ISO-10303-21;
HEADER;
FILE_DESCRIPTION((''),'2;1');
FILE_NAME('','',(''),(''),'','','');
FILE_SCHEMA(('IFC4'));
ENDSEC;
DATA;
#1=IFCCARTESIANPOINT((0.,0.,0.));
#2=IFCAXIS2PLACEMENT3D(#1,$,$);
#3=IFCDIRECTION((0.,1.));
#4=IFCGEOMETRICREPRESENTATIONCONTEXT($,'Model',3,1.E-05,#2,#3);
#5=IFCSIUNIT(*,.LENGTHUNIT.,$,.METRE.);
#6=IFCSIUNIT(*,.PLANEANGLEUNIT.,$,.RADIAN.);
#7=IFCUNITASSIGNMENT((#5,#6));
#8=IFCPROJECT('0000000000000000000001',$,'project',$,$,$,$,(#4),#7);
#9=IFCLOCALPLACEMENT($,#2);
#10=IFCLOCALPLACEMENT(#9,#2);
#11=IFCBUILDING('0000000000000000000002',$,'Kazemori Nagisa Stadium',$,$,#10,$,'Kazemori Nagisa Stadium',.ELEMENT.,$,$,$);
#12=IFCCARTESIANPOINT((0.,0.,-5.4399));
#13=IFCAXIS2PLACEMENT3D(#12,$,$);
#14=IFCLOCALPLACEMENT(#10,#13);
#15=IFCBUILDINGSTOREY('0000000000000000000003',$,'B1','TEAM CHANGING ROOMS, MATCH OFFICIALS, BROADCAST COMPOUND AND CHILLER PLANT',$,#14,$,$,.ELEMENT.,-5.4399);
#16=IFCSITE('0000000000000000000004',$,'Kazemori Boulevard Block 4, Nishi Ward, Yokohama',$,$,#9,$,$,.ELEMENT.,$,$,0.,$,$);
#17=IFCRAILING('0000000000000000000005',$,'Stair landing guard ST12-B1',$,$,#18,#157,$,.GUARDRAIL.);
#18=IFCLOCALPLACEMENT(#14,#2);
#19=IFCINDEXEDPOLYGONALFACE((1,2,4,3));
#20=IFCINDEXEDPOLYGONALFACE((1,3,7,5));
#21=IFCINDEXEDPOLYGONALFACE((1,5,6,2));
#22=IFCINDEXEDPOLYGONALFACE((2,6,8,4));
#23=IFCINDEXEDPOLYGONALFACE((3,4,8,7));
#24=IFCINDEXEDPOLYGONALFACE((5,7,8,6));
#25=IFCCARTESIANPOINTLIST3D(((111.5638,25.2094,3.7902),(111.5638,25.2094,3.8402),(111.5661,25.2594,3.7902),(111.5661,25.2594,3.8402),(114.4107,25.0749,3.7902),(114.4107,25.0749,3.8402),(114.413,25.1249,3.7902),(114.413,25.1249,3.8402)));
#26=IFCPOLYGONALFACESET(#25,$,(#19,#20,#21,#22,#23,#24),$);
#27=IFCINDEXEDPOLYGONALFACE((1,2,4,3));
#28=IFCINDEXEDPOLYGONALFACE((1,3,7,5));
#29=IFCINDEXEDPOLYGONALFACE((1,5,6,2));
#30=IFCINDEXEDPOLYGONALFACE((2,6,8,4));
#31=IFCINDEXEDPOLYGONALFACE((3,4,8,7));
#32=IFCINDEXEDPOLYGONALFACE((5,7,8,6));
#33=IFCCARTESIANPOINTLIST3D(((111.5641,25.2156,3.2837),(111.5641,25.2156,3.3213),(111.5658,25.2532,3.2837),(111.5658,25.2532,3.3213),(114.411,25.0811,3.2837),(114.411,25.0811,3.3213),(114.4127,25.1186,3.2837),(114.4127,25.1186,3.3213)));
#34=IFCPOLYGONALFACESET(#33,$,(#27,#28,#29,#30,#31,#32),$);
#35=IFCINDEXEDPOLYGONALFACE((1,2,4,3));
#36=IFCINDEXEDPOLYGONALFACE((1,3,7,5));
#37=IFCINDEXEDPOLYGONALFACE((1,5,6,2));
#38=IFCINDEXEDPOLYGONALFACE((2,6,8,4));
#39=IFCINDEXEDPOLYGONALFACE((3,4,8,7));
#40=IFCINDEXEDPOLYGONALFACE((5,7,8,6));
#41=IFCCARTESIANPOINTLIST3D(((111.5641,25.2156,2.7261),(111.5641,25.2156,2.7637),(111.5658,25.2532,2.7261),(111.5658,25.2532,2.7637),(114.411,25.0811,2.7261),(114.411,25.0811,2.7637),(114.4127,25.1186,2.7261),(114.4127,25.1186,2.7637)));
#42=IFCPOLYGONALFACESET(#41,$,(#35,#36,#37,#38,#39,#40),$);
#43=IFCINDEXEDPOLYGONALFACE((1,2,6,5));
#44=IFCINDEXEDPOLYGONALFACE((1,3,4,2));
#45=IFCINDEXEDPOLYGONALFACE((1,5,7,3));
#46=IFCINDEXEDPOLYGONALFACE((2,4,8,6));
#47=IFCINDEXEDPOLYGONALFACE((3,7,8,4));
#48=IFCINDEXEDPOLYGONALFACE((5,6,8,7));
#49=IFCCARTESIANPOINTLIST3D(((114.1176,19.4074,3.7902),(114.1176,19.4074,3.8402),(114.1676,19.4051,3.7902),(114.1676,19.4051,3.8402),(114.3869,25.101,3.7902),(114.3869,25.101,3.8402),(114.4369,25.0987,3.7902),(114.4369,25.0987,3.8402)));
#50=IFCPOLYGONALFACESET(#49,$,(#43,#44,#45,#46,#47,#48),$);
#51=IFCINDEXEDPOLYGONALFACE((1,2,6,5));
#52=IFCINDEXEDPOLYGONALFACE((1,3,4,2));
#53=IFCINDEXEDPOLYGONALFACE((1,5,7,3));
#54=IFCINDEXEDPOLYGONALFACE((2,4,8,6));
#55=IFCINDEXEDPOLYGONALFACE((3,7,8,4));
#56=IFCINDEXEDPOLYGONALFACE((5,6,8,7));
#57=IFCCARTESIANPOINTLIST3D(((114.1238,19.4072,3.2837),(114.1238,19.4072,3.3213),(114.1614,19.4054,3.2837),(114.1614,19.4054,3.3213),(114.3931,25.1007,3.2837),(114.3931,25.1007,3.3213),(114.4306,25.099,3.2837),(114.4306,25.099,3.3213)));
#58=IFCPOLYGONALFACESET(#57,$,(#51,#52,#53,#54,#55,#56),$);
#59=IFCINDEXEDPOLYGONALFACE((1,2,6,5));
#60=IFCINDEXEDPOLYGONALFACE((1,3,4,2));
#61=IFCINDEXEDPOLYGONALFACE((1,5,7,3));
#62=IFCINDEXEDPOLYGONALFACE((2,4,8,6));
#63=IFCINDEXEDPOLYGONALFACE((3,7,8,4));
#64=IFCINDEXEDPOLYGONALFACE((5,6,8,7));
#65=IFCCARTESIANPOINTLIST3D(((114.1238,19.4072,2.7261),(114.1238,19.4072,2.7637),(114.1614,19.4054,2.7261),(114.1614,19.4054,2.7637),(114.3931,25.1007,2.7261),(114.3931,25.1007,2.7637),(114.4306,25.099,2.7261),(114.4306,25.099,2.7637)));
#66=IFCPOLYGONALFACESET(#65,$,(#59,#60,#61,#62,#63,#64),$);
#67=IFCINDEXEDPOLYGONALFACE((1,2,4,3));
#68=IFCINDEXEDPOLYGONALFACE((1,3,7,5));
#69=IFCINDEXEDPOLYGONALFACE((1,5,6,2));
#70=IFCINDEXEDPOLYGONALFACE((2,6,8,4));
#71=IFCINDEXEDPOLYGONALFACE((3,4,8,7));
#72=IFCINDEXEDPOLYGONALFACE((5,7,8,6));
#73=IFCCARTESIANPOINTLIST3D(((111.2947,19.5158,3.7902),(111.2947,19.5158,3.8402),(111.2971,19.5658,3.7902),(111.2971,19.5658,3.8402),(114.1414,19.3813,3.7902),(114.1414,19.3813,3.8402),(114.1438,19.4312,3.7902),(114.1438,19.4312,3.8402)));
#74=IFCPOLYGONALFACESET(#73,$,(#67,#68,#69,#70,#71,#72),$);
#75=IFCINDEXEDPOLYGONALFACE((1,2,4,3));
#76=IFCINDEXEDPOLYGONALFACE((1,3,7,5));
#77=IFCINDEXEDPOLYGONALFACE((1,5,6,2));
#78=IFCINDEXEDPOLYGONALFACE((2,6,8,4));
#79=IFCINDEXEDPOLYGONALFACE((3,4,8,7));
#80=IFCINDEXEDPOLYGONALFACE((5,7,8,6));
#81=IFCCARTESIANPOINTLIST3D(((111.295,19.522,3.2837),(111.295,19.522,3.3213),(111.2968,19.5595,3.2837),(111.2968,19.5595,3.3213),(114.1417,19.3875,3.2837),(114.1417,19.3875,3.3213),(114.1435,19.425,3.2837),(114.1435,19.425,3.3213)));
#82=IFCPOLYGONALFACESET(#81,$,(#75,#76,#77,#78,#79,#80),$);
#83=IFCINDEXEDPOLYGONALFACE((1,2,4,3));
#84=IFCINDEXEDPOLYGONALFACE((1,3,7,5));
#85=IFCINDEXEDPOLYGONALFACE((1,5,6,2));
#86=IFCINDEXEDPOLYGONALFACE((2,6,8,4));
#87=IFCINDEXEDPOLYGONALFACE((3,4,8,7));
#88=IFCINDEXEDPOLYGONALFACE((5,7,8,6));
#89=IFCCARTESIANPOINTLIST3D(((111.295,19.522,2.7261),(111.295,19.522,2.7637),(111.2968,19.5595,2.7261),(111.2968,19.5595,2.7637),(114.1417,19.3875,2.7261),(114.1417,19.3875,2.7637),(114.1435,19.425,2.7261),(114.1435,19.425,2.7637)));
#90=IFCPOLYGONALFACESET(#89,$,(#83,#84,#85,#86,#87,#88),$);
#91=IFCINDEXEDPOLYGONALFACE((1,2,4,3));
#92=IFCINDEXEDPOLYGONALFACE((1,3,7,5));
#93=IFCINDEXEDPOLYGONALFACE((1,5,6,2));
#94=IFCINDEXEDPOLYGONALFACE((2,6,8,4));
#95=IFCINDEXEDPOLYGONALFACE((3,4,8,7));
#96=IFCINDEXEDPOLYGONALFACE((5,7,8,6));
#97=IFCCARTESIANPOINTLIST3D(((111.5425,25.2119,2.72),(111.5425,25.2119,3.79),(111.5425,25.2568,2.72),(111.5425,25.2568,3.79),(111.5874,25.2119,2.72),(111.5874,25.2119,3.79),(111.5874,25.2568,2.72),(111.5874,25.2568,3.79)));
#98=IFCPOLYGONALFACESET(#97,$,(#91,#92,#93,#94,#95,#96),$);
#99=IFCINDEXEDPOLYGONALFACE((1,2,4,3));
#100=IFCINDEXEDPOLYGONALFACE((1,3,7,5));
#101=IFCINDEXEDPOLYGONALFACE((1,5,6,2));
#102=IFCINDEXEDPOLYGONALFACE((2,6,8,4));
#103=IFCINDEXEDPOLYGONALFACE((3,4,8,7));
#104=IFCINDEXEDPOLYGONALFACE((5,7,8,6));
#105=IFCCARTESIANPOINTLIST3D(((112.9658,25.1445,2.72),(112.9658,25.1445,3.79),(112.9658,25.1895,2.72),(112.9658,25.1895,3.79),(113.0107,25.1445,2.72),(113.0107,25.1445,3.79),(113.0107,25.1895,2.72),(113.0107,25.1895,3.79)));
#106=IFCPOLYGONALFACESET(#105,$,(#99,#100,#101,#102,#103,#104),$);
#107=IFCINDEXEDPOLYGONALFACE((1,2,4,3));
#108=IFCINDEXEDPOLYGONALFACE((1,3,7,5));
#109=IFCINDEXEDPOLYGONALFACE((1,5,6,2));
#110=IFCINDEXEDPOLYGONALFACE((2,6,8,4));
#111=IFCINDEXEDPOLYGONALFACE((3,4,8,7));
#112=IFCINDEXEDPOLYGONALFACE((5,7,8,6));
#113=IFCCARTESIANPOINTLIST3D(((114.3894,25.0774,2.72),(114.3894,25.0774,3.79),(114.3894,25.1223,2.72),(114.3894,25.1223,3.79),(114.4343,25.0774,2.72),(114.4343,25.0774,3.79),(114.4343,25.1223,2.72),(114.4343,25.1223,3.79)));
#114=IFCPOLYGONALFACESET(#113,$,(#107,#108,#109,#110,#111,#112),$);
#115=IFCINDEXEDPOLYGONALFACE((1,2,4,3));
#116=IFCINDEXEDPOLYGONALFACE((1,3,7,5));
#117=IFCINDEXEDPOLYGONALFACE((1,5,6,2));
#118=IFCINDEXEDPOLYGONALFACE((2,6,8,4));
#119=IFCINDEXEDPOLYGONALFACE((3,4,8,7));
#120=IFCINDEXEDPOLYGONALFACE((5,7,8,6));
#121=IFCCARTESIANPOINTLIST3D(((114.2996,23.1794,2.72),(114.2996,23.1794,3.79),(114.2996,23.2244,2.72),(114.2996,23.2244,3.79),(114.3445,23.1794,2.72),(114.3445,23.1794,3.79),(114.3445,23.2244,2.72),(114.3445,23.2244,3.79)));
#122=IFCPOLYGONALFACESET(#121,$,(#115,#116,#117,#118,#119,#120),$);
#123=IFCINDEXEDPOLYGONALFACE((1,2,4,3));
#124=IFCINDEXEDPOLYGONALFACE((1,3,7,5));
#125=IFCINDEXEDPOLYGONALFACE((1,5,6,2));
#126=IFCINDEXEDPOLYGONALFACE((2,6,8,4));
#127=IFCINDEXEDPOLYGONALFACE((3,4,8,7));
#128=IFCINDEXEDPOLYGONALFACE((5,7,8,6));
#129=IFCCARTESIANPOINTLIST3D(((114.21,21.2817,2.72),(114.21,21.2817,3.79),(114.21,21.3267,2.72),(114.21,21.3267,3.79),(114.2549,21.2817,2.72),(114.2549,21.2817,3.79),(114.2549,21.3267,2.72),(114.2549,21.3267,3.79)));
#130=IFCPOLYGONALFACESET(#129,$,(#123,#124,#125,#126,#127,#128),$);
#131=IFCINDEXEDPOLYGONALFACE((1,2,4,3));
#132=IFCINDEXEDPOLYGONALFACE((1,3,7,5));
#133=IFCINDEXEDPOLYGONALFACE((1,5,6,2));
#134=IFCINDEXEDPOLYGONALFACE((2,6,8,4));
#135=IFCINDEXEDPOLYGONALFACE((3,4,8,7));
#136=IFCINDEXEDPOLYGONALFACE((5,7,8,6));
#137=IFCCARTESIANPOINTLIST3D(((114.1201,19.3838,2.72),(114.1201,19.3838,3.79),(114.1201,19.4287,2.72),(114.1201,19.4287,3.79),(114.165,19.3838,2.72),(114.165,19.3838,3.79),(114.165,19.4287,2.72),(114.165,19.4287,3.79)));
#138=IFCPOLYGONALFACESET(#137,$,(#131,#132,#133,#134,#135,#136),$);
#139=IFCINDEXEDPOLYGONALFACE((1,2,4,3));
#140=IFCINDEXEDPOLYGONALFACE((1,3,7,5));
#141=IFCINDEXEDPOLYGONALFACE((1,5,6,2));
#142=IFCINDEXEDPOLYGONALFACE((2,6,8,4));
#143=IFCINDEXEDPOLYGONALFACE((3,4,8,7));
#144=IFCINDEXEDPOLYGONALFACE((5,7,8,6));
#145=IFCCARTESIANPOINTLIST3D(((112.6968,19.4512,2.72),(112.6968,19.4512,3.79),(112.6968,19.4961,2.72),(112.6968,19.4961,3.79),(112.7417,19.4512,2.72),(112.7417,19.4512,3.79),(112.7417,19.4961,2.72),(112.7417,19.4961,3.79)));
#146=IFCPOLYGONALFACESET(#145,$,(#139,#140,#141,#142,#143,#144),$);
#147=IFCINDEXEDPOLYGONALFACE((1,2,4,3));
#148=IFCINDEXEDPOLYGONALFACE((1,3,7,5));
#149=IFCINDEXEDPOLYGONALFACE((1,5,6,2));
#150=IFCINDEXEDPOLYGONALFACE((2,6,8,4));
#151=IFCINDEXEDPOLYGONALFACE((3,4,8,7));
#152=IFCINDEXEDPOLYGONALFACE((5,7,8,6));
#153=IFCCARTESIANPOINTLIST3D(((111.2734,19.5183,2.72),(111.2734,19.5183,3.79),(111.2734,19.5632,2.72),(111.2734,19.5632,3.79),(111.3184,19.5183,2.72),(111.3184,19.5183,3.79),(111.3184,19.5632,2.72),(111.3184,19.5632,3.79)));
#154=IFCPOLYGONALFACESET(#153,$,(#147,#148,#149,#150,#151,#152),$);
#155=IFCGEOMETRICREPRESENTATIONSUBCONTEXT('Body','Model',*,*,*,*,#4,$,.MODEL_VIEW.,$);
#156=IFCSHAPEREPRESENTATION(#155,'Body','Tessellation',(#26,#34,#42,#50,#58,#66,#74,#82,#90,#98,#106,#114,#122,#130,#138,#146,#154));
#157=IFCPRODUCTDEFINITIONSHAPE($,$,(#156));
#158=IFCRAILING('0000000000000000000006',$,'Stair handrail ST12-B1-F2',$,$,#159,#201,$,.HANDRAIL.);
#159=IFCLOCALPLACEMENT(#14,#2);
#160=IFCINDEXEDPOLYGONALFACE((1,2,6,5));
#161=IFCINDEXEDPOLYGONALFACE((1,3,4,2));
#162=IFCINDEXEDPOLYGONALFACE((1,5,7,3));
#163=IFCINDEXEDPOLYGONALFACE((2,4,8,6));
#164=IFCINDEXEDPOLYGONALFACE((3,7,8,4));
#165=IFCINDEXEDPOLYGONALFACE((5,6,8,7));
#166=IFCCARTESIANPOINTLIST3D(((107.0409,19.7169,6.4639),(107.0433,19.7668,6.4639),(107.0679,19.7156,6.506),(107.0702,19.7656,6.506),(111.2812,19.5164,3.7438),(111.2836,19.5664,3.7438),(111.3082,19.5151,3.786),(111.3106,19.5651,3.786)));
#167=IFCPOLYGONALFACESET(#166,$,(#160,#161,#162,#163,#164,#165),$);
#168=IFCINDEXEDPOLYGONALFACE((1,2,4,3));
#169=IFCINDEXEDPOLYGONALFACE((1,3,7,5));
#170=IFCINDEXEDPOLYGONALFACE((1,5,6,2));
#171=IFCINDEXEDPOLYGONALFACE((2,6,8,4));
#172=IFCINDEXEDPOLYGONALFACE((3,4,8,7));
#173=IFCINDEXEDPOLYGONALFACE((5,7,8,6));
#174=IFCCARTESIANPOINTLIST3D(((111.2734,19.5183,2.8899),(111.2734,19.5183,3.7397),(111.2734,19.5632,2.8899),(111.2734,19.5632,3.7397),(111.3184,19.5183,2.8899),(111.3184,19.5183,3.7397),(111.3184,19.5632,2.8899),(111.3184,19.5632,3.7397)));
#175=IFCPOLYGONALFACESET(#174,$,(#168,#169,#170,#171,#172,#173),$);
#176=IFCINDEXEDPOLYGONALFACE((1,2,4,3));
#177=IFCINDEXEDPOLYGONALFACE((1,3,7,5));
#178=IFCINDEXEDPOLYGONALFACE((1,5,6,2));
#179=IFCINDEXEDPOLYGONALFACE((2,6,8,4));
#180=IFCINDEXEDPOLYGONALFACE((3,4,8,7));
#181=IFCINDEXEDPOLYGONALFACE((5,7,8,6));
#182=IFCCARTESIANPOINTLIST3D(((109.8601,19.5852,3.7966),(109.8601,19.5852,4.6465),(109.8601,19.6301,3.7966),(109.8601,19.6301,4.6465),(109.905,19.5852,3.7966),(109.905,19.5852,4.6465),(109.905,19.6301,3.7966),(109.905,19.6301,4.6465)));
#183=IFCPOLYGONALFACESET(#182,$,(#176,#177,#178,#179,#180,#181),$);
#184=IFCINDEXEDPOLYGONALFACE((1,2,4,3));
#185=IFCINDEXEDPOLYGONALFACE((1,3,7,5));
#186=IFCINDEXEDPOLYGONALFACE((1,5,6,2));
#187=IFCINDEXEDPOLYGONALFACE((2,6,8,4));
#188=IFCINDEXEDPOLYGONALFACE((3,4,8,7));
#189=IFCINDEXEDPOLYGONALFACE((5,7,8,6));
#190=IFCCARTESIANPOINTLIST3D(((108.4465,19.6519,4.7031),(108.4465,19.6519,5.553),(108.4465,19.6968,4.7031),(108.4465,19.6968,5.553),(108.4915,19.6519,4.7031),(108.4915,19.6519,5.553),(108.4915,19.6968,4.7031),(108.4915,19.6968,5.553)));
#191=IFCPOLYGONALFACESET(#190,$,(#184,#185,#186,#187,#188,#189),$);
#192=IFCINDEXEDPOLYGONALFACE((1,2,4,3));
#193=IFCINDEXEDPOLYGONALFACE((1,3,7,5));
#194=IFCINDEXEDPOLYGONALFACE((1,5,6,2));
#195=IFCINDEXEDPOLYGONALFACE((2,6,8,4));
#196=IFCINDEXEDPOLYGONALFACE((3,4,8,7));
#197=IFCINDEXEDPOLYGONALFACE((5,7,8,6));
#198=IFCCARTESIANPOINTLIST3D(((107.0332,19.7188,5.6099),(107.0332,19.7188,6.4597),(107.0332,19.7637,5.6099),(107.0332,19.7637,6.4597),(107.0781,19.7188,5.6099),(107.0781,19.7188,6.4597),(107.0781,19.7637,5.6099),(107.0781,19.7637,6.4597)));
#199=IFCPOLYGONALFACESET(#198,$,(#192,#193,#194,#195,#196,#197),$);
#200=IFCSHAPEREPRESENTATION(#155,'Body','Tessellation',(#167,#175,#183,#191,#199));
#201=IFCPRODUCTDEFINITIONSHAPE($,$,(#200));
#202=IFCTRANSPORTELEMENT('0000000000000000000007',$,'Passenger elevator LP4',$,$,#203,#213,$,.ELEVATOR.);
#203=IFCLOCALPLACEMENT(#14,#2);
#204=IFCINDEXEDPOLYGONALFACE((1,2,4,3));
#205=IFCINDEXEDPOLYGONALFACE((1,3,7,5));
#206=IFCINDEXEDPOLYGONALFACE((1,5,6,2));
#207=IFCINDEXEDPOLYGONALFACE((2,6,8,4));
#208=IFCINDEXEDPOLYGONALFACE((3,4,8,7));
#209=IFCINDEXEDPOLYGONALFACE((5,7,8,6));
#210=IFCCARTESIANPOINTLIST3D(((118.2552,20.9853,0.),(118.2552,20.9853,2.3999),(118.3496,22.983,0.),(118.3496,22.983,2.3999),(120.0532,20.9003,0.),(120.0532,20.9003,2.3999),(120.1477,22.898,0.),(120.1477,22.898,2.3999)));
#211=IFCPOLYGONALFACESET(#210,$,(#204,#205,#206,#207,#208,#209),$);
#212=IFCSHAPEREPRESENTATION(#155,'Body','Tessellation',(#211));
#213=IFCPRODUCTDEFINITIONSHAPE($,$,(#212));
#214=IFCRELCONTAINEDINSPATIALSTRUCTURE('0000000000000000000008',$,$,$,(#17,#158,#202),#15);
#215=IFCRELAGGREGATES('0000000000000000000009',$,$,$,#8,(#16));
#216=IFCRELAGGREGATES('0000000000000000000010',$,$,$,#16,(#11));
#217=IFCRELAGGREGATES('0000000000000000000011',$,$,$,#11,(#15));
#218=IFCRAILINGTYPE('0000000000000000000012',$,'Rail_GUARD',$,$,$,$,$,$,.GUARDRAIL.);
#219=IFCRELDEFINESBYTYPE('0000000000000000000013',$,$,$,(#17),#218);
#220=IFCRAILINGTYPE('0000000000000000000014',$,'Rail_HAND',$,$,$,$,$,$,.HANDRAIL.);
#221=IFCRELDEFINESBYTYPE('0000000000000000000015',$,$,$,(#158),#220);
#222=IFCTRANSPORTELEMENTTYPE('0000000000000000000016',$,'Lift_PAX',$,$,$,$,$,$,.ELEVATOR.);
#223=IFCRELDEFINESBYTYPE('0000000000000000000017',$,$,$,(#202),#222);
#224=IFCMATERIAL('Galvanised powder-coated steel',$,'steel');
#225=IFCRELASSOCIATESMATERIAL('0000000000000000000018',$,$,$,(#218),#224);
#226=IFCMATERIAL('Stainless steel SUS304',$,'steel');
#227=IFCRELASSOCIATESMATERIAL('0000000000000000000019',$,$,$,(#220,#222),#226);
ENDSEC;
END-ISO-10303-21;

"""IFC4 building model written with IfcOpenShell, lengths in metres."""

from ifc_helpers import new_model, si_unit, direction, frame, origin, origin_2d, place, context, subcontext, project, spatial, rectangle, extrude, material, type_object, element, save


model = new_model("IFC4")

# Units and contexts
model_context = context("Model", 3, precision=1e-05, world=origin(), true_north=direction((0.0, 1.0)))
body_context = subcontext(model_context, "Body", "Model", "MODEL_VIEW")
ifc_project = project(units=[si_unit("LENGTHUNIT", "METRE"), si_unit("PLANEANGLEUNIT", "RADIAN")], contexts=[model_context])

# Site, building, storey
site_placement = place(None, origin())
site = spatial("IfcSite", under=ifc_project, at=site_placement, Name="Kazemori Boulevard Block 4, Nishi Ward, Yokohama", CompositionType="ELEMENT", RefElevation=0.0)
building_placement = place(site_placement, origin())
building = spatial("IfcBuilding", under=site, at=building_placement, Name="Kazemori Nagisa Stadium", LongName="Kazemori Nagisa Stadium", CompositionType="ELEMENT")
storey_placement = place(building_placement, frame((0.0, 0.0, -5.4399)))
storey = spatial("IfcBuildingStorey", under=building, at=storey_placement, Name="B1", Description="TEAM CHANGING ROOMS, MATCH OFFICIALS, BROADCAST COMPOUND AND CHILLER PLANT", CompositionType="ELEMENT", Elevation=-5.4399)

# Shared definitions
ifc_material_1 = material(Name="Stainless steel SUS304", Category="steel")

# Railings
ifc_material_2 = material(Name="Galvanised powder-coated steel", Category="steel")
railing_type_1 = type_object("IfcRailingType", Name="Rail_GUARD", PredefinedType="GUARDRAIL", material=ifc_material_2)
railing_1_placement = place(storey_placement, frame((111.5649, 25.2344, 2.72)))
element("IfcRailing", 1, at=railing_1_placement, inside=storey, type_object=railing_type_1, Name="Stair landing guard ST12-B1", PredefinedType="GUARDRAIL", context=body_context, shape_type="SweptSolid", body=[
    extrude(rectangle(XDim=0.05, YDim=0.05, at=origin_2d()), frame((0.0, 0.0, 1.0952), z_axis=(0.998886, -0.047199, 0.0), x_axis=(0.047199, 0.998886, 0.0)), (0.0, 0.0, 1.0), 2.8501),
    extrude(rectangle(XDim=0.0376, YDim=0.0376, at=origin_2d()), frame((0.0, 0.0, 0.5825), z_axis=(0.998886, -0.047199, 0.0), x_axis=(0.047199, 0.998886, 0.0)), (0.0, 0.0, 1.0), 2.8501),
    extrude(rectangle(XDim=0.0376, YDim=0.0376, at=origin_2d()), frame((0.0, 0.0, 0.0249), z_axis=(0.998886, -0.047199, 0.0), x_axis=(0.047199, 0.998886, 0.0)), (0.0, 0.0, 1.0), 2.8501),
    extrude(rectangle(XDim=0.05, YDim=0.05, at=origin_2d()), frame((2.8469, -0.1345, 1.0952), z_axis=(-0.047244, -0.998883, 0.0), x_axis=(0.998883, -0.047244, 0.0)), (0.0, 0.0, 1.0), 5.7),
    extrude(rectangle(XDim=0.0376, YDim=0.0376, at=origin_2d()), frame((2.8469, -0.1345, 0.5825), z_axis=(-0.047244, -0.998883, 0.0), x_axis=(0.998883, -0.047244, 0.0)), (0.0, 0.0, 1.0), 5.7),
    extrude(rectangle(XDim=0.0376, YDim=0.0376, at=origin_2d()), frame((2.8469, -0.1345, 0.0249), z_axis=(-0.047244, -0.998883, 0.0), x_axis=(0.998883, -0.047244, 0.0)), (0.0, 0.0, 1.0), 5.7),
    extrude(rectangle(XDim=0.05, YDim=0.05, at=origin_2d()), frame((2.5776, -5.8281, 1.0952), z_axis=(-0.998885, 0.047203, 0.0), x_axis=(-0.047203, -0.998885, 0.0)), (0.0, 0.0, 1.0), 2.8499),
    extrude(rectangle(XDim=0.0376, YDim=0.0376, at=origin_2d()), frame((2.5776, -5.8281, 0.5825), z_axis=(-0.998885, 0.047203, 0.0), x_axis=(-0.047203, -0.998885, 0.0)), (0.0, 0.0, 1.0), 2.8499),
    extrude(rectangle(XDim=0.0376, YDim=0.0376, at=origin_2d()), frame((2.5776, -5.8281, 0.0249), z_axis=(-0.998885, 0.047203, 0.0), x_axis=(-0.047203, -0.998885, 0.0)), (0.0, 0.0, 1.0), 2.8499),
    extrude(rectangle(XDim=0.0449, YDim=0.0449, at=origin_2d()), origin(), (0.0, 0.0, 1.0), 1.0701),
    extrude(rectangle(XDim=0.0449, YDim=0.0449, at=origin_2d()), frame((1.4233, -0.0674, 0.0)), (0.0, 0.0, 1.0), 1.0701),
    extrude(rectangle(XDim=0.0449, YDim=0.0449, at=origin_2d()), frame((2.8469, -0.1345, 0.0)), (0.0, 0.0, 1.0), 1.0701),
    extrude(rectangle(XDim=0.0449, YDim=0.0449, at=origin_2d()), frame((2.7571, -2.0325, 0.0)), (0.0, 0.0, 1.0), 1.0701),
    extrude(rectangle(XDim=0.0449, YDim=0.0449, at=origin_2d()), frame((2.6675, -3.9302, 0.0)), (0.0, 0.0, 1.0), 1.0701),
    extrude(rectangle(XDim=0.0449, YDim=0.0449, at=origin_2d()), frame((2.5776, -5.8281, 0.0)), (0.0, 0.0, 1.0), 1.0701),
    extrude(rectangle(XDim=0.0449, YDim=0.0449, at=origin_2d()), frame((1.1543, -5.7607, 0.0)), (0.0, 0.0, 1.0), 1.0701),
    extrude(rectangle(XDim=0.0449, YDim=0.0449, at=origin_2d()), frame((-0.269, -5.6936, 0.0)), (0.0, 0.0, 1.0), 1.0701),
])
railing_type_2 = type_object("IfcRailingType", Name="Rail_HAND", PredefinedType="HANDRAIL", material=ifc_material_1)
railing_2_placement = place(storey_placement, frame((111.2959, 19.5408, 2.8899)))
element("IfcRailing", 2, at=railing_2_placement, inside=storey, type_object=railing_type_2, Name="Stair handrail ST12-B1-F2", PredefinedType="HANDRAIL", context=body_context, shape_type="SweptSolid", body=[
    extrude(rectangle(XDim=0.05, YDim=0.05, at=origin_2d()), frame((0.0, 0.0, 0.875), z_axis=(-0.841045, 0.039757, 0.539503), x_axis=(-0.047218, -0.998885, 0.0)), (0.0, 0.0, 1.0), 5.0417),
    extrude(rectangle(XDim=0.0449, YDim=0.0449, at=origin_2d()), origin(), (0.0, 0.0, 1.0), 0.8499),
    extrude(rectangle(XDim=0.0449, YDim=0.0449, at=origin_2d()), frame((-1.4133, 0.0669, 0.9067)), (0.0, 0.0, 1.0), 0.8499),
    extrude(rectangle(XDim=0.0449, YDim=0.0449, at=origin_2d()), frame((-2.8269, 0.1335, 1.8132)), (0.0, 0.0, 1.0), 0.8499),
    extrude(rectangle(XDim=0.0449, YDim=0.0449, at=origin_2d()), frame((-4.2402, 0.2004, 2.72)), (0.0, 0.0, 1.0), 0.8499),
])

# Transport element
transport_element_type = type_object("IfcTransportElementType", Name="Lift_PAX", PredefinedType="ELEVATOR", material=ifc_material_1)
transport_element_placement = place(storey_placement, frame((119.2014, 21.9417, 0.0), z_axis=(0.0, 0.0, 1.0), x_axis=(0.998884, -0.04723, 0.0)))
element("IfcTransportElement", 3, at=transport_element_placement, inside=storey, type_object=transport_element_type, Name="Passenger elevator LP4", PredefinedType="ELEVATOR", context=body_context, shape_type="SweptSolid", body=[
    extrude(rectangle(XDim=1.8, YDim=2.0, at=origin_2d()), origin(), (0.0, 0.0, 1.0), 2.3999),
])

save(model, "model.ifc")
